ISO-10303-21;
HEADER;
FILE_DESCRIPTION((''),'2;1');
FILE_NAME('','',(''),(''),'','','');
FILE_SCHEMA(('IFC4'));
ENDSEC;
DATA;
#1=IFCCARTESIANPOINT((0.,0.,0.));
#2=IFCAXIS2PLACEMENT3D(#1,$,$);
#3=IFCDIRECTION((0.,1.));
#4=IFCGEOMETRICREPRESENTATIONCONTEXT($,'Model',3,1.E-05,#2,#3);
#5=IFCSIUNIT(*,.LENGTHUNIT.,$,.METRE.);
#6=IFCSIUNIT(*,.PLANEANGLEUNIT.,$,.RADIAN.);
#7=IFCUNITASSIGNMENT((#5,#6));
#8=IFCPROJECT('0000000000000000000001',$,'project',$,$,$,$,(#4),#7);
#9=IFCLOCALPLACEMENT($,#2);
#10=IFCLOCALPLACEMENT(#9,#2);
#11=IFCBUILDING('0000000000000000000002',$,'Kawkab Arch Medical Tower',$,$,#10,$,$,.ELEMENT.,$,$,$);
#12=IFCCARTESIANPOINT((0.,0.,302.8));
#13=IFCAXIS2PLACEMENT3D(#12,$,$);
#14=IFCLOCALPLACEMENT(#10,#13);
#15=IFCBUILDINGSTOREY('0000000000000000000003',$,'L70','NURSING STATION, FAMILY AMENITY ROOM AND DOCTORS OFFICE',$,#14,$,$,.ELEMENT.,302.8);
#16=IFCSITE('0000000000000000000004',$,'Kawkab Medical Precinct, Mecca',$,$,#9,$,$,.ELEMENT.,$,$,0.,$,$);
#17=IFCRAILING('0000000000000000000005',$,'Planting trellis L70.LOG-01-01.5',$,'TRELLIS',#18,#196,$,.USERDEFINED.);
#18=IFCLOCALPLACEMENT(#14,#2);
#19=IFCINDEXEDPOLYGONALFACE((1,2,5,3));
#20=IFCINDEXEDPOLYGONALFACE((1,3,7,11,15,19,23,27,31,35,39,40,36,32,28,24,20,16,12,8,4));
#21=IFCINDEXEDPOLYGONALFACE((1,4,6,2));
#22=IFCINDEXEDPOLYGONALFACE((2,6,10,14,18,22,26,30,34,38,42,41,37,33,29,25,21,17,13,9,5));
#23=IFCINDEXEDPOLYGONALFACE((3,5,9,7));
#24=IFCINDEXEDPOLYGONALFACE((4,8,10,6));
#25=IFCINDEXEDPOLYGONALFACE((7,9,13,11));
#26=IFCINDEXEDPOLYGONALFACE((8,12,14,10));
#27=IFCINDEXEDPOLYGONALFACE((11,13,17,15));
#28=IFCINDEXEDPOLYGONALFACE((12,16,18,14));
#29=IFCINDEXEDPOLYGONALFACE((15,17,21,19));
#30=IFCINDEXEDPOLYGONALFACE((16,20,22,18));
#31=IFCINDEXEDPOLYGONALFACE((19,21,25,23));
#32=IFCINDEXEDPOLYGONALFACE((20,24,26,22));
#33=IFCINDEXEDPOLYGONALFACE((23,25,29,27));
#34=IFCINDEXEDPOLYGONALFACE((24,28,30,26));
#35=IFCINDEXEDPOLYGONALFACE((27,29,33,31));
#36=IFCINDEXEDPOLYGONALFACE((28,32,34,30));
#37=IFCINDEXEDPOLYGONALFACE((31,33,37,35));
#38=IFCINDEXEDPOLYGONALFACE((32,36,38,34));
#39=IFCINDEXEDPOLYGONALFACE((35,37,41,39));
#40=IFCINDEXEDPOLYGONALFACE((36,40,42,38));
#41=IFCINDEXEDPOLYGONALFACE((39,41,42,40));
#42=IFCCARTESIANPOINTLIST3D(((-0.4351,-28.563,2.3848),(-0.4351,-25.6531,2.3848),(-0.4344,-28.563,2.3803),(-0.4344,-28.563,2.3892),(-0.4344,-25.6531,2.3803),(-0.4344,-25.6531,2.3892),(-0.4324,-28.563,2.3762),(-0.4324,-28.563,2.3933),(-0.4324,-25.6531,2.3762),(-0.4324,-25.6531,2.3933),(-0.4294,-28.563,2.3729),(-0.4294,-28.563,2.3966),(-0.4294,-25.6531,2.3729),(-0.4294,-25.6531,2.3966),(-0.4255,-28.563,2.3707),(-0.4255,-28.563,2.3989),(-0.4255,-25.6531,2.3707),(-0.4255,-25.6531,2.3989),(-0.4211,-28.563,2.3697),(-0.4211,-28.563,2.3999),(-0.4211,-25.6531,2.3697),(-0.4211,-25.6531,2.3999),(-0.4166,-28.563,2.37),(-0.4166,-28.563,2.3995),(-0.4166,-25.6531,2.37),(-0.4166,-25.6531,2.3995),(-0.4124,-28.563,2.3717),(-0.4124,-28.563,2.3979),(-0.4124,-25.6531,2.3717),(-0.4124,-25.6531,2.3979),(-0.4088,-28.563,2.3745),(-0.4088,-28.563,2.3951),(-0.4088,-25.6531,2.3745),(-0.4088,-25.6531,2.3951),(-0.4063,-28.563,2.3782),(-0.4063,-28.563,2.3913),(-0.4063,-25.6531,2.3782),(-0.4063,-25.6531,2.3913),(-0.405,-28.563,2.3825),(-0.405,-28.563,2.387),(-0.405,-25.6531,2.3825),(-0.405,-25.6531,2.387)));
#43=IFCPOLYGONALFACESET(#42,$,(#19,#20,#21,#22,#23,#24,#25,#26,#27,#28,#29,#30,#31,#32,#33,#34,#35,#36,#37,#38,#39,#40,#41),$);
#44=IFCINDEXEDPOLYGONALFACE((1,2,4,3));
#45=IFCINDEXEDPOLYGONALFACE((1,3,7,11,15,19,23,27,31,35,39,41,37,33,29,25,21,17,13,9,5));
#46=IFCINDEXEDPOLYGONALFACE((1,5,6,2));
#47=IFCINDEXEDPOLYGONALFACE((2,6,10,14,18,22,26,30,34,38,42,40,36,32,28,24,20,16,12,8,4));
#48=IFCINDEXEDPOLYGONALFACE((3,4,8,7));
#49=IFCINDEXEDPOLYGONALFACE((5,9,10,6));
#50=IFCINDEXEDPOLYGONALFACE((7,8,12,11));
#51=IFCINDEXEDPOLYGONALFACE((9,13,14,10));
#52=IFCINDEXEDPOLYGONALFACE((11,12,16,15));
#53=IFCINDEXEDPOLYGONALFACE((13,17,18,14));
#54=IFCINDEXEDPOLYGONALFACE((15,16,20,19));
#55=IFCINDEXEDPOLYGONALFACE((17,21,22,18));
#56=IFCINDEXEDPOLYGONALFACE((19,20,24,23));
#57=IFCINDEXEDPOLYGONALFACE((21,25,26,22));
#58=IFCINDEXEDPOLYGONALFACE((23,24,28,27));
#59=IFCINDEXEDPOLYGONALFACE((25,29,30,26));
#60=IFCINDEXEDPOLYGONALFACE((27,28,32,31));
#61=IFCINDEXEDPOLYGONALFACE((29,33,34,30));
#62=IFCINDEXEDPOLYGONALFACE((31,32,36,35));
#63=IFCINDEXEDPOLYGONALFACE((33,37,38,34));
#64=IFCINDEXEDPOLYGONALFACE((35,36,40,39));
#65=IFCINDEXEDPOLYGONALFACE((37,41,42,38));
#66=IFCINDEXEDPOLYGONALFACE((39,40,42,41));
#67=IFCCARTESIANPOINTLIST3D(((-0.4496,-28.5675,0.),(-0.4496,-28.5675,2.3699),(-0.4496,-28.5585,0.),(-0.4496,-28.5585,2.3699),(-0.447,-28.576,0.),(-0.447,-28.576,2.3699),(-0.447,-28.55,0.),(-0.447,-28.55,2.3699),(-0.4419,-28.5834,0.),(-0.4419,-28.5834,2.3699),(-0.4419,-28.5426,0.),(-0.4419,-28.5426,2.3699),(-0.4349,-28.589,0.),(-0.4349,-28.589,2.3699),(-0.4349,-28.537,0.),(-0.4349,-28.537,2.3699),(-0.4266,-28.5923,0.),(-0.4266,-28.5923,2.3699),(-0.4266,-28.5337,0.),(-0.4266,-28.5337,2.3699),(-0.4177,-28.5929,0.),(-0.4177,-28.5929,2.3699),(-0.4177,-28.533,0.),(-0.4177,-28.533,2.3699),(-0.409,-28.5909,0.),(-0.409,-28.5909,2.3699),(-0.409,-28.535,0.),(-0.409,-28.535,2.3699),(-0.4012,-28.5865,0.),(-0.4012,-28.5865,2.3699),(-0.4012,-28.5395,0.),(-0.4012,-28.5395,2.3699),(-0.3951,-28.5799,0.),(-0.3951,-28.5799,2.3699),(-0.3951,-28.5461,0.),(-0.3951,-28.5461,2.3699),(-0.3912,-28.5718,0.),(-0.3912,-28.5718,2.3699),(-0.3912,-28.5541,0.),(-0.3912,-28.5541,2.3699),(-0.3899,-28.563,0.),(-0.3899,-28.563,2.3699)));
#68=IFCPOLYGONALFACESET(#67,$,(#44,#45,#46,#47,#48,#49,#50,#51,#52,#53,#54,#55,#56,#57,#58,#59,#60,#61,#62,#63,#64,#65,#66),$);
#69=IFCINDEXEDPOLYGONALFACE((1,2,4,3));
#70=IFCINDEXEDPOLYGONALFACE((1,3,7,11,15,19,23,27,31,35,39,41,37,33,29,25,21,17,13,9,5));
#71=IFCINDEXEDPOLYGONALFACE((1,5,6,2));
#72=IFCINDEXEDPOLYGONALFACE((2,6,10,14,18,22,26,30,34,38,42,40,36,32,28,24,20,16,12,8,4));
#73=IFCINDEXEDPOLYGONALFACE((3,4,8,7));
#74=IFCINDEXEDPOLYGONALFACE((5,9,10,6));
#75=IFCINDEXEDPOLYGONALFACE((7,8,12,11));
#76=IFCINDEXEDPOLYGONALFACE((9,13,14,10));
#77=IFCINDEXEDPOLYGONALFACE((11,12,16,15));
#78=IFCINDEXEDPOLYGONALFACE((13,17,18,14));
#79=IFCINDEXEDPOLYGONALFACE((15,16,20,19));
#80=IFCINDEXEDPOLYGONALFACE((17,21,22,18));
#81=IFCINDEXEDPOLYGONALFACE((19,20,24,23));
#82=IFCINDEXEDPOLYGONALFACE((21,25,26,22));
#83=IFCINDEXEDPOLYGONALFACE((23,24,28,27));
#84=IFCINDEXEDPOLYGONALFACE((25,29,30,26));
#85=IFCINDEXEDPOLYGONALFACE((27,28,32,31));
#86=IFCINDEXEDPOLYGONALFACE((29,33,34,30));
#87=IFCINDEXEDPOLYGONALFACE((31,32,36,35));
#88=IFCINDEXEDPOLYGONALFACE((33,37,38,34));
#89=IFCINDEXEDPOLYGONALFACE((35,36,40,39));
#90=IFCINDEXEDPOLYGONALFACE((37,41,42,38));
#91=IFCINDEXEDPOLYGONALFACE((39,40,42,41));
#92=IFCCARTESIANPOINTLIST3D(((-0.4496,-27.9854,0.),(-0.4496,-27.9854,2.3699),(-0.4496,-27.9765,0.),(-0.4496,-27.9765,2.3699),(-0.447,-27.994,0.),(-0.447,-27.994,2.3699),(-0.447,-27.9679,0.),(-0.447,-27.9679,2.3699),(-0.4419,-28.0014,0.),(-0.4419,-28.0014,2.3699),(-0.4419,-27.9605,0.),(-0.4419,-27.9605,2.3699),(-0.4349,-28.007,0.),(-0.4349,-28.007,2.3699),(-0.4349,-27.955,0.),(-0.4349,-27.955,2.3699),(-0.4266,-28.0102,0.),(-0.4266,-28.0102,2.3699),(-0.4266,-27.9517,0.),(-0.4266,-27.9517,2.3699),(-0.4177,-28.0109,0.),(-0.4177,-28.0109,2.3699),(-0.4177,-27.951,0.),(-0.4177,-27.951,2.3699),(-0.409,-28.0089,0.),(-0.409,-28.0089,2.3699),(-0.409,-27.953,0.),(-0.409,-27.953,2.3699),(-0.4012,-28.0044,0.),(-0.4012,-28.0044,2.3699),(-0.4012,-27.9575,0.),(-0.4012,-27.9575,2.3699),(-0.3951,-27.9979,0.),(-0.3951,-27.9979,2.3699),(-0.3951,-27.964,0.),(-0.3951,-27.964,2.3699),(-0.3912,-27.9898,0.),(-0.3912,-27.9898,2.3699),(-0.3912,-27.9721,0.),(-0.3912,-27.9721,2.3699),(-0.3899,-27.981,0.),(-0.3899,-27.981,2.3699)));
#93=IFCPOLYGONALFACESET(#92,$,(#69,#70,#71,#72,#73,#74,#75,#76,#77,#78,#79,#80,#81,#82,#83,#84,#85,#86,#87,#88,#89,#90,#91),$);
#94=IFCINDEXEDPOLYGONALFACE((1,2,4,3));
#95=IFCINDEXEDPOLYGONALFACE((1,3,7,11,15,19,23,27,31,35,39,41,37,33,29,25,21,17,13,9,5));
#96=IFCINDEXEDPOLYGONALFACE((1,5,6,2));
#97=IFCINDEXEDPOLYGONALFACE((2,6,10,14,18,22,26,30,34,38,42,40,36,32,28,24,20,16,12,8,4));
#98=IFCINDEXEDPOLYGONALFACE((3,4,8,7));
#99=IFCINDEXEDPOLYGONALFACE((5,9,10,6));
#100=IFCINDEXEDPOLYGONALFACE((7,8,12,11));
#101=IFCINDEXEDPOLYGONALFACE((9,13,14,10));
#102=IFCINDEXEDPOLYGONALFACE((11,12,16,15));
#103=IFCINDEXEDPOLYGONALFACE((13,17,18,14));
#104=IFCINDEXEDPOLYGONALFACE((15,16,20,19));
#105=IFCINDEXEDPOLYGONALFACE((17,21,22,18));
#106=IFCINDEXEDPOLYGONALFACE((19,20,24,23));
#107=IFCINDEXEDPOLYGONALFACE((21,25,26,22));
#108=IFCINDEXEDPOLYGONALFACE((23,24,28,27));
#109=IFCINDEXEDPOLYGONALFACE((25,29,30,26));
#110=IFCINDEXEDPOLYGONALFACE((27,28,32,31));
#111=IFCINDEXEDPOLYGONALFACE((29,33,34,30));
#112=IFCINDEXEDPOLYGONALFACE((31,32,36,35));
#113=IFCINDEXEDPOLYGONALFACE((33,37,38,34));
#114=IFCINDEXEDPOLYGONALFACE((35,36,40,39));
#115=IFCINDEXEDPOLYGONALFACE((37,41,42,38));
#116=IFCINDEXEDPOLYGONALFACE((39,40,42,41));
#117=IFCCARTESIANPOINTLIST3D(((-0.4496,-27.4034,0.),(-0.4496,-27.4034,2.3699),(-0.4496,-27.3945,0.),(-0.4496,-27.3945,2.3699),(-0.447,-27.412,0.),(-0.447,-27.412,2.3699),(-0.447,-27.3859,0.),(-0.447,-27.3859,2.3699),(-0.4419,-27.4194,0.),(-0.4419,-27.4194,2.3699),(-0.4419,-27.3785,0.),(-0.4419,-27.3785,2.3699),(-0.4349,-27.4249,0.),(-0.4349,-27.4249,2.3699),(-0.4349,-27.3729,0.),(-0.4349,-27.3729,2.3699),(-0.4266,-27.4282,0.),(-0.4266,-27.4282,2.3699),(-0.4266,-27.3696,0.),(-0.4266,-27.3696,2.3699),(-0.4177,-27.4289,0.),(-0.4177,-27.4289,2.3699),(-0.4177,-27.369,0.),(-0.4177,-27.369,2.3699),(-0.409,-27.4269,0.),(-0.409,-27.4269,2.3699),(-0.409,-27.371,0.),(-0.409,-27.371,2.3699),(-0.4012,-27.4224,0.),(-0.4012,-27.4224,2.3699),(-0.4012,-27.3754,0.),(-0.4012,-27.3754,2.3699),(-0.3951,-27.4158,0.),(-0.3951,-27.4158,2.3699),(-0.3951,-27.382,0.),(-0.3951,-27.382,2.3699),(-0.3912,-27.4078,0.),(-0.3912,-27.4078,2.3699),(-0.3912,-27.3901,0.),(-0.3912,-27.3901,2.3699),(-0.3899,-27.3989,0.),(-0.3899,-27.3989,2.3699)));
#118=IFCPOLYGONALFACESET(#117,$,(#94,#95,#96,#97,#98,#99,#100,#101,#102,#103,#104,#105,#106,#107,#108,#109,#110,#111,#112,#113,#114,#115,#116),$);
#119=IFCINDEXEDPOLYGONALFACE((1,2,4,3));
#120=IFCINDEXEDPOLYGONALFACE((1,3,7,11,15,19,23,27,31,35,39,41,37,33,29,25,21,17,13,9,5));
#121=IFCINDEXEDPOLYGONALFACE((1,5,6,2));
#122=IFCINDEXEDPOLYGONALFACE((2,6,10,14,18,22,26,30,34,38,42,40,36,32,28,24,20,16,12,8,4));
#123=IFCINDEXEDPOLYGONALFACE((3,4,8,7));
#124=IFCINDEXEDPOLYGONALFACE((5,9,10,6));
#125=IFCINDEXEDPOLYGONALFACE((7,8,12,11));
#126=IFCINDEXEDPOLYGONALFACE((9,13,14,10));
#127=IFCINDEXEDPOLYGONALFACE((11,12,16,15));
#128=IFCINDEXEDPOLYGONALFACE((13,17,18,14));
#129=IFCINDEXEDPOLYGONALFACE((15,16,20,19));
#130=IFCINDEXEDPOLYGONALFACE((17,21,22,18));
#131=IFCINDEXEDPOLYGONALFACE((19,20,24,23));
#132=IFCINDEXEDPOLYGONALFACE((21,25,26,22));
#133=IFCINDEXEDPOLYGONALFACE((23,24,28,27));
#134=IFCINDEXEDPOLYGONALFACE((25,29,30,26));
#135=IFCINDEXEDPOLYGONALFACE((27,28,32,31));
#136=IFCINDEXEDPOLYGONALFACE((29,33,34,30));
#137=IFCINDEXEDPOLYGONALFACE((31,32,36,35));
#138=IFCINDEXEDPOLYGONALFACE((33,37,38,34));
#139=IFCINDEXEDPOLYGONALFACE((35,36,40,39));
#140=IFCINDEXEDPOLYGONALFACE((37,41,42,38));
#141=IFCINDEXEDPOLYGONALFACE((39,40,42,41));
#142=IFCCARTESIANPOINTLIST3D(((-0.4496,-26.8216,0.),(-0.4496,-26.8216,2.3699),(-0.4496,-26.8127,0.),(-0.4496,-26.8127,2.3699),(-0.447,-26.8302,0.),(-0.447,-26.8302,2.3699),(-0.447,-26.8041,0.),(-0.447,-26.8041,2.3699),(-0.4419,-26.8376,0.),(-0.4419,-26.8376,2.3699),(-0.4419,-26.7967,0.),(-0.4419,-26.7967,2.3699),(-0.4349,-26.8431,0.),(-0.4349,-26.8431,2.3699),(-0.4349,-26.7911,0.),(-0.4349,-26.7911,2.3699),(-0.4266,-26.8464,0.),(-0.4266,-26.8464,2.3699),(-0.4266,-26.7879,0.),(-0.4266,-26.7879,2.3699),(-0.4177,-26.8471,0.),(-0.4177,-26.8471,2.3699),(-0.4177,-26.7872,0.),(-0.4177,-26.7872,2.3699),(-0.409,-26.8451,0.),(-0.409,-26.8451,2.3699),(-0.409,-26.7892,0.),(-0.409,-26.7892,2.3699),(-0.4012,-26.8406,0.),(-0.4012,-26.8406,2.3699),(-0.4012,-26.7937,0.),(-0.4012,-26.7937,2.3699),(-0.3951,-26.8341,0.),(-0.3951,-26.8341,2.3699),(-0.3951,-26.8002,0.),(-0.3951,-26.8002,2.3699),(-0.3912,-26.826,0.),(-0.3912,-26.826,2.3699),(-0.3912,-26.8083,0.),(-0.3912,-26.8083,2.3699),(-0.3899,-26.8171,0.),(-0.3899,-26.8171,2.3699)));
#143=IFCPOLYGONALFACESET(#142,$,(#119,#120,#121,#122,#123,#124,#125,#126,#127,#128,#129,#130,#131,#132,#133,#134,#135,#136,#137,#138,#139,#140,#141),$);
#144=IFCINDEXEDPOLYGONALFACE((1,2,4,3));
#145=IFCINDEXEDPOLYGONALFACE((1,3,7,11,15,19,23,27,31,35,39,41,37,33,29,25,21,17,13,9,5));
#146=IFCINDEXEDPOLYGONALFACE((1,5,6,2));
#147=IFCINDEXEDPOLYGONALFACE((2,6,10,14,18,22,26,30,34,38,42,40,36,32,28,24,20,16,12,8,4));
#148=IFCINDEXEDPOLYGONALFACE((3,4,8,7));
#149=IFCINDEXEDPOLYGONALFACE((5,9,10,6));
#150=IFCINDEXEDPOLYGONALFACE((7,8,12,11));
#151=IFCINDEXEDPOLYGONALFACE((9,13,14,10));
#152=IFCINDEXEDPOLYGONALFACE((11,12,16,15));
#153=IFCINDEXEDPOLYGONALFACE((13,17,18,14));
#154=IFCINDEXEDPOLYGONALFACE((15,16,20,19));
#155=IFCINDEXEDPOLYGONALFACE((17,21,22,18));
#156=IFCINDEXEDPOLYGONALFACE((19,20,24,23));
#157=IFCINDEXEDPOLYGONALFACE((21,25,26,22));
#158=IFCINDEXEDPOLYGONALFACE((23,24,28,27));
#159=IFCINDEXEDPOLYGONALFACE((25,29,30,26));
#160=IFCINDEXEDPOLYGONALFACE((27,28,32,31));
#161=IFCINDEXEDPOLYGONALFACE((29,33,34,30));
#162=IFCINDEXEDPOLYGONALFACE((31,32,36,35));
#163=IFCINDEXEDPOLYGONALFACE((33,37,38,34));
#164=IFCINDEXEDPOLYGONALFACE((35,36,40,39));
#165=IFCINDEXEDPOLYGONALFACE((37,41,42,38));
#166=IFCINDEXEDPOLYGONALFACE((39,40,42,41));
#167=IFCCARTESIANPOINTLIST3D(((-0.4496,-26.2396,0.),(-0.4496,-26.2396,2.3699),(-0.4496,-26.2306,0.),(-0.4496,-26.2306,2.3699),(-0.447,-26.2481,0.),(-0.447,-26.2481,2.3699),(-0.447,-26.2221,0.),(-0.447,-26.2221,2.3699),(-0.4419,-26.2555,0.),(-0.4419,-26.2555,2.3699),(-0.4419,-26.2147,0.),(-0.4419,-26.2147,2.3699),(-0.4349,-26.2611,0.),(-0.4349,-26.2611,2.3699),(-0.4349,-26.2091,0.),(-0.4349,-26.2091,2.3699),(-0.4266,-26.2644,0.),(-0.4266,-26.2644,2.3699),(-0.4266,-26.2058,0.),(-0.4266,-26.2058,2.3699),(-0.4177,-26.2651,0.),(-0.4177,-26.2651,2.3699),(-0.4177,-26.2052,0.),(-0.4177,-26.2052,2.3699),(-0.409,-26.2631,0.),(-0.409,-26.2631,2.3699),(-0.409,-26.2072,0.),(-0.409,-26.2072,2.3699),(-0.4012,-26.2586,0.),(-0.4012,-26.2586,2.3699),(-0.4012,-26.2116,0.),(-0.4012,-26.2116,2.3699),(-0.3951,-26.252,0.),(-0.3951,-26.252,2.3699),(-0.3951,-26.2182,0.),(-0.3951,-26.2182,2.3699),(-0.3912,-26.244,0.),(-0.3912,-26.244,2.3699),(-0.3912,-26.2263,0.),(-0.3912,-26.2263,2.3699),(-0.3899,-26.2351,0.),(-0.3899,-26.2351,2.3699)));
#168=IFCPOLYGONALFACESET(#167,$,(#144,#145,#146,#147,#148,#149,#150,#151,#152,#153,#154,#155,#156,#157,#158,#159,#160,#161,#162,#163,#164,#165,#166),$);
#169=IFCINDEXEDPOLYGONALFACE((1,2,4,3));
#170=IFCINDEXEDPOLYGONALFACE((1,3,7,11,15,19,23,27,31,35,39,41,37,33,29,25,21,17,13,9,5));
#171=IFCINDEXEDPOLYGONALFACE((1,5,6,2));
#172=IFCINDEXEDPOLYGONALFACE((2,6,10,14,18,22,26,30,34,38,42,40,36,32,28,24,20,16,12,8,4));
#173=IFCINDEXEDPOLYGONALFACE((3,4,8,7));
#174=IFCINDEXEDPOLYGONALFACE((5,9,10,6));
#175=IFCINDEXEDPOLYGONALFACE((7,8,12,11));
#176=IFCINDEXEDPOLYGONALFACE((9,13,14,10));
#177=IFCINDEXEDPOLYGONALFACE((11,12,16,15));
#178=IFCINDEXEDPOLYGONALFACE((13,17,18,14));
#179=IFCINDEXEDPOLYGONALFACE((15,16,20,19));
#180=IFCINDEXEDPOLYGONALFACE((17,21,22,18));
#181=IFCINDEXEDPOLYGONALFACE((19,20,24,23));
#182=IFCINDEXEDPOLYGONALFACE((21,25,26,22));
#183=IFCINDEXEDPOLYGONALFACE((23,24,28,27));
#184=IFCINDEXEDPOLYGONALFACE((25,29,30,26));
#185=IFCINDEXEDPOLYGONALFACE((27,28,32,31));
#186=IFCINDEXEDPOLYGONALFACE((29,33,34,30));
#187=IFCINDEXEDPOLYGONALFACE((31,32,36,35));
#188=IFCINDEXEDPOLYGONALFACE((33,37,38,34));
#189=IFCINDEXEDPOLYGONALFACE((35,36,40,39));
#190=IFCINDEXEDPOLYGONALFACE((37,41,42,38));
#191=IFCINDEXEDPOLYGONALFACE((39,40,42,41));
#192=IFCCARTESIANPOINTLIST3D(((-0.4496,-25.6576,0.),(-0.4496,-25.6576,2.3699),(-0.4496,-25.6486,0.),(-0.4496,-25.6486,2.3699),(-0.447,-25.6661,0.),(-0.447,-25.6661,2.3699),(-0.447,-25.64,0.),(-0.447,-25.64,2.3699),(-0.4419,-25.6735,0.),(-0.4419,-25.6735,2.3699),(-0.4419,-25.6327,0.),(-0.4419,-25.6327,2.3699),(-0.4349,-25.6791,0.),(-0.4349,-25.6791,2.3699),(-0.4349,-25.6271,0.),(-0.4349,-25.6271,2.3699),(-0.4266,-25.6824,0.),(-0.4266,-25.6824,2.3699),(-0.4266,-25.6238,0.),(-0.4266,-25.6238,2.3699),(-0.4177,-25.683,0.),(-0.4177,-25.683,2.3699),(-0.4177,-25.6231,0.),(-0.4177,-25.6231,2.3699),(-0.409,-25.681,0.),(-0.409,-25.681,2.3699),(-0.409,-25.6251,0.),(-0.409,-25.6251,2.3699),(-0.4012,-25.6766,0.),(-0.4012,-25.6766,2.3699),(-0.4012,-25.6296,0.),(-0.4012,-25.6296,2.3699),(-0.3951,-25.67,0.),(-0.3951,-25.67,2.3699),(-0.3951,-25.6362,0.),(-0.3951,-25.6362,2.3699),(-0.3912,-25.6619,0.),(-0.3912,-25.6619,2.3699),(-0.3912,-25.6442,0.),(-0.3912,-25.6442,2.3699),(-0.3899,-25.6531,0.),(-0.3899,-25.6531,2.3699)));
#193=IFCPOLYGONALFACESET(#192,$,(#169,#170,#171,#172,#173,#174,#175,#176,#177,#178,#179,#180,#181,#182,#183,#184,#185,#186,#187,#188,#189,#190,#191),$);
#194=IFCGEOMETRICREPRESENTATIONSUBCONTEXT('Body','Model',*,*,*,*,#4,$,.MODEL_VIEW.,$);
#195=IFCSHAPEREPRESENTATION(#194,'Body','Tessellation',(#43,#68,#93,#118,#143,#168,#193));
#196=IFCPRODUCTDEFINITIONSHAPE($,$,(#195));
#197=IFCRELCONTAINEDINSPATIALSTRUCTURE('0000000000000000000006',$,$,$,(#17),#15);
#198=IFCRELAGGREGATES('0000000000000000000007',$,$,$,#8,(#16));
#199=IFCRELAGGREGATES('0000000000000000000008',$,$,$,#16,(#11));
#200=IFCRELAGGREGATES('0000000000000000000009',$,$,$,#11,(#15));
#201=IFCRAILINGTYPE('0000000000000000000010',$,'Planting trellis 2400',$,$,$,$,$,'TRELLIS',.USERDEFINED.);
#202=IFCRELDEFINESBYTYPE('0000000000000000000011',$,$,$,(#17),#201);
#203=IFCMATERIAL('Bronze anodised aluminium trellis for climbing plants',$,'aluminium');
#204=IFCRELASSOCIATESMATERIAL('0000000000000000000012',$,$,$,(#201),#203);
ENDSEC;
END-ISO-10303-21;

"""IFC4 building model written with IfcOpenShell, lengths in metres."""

from ifc_helpers import new_model, si_unit, direction, frame, origin, origin_2d, place, context, subcontext, project, spatial, circle, extrude, material, type_object, element, save


model = new_model("IFC4")

# Units and contexts
model_context = context("Model", 3, precision=1e-05, world=origin(), true_north=direction((0.0, 1.0)))
body_context = subcontext(model_context, "Body", "Model", "MODEL_VIEW")
ifc_project = project(units=[si_unit("LENGTHUNIT", "METRE"), si_unit("PLANEANGLEUNIT", "RADIAN")], contexts=[model_context])

# Site, building, storey
site_placement = place(None, origin())
site = spatial("IfcSite", under=ifc_project, at=site_placement, Name="Kawkab Medical Precinct, Mecca", CompositionType="ELEMENT", RefElevation=0.0)
building_placement = place(site_placement, origin())
building = spatial("IfcBuilding", under=site, at=building_placement, Name="Kawkab Arch Medical Tower", CompositionType="ELEMENT")
storey_placement = place(building_placement, frame((0.0, 0.0, 302.8)))
storey = spatial("IfcBuildingStorey", under=building, at=storey_placement, Name="L70", Description="NURSING STATION, FAMILY AMENITY ROOM AND DOCTORS OFFICE", CompositionType="ELEMENT", Elevation=302.8)

# Railing
ifc_material_1 = material(Name="Bronze anodised aluminium trellis for climbing plants", Category="aluminium")
railing_type = type_object("IfcRailingType", Name="Planting trellis 2400", ElementType="TRELLIS", PredefinedType="USERDEFINED", material=ifc_material_1)
railing_1_placement = place(storey_placement, frame((-0.4199, -28.563, 0.0)))
element("IfcRailing", 1, at=railing_1_placement, inside=storey, type_object=railing_type, Name="Planting trellis L70.LOG-01-01.5", ObjectType="TRELLIS", PredefinedType="USERDEFINED", context=body_context, shape_type="SweptSolid", body=[
    extrude(circle(Radius=0.0151, at=origin_2d()), frame((0.0, 0.0, 2.3848), z_axis=(0.0, 1.0, 0.0), x_axis=(-1.0, 0.0, 0.0)), (0.0, 0.0, 1.0), 2.9099),
    extrude(circle(Radius=0.03, at=origin_2d()), origin(), (0.0, 0.0, 1.0), 2.3699),
    extrude(circle(Radius=0.03, at=origin_2d()), frame((0.0, 0.582, 0.0)), (0.0, 0.0, 1.0), 2.3699),
    extrude(circle(Radius=0.03, at=origin_2d()), frame((0.0, 1.1641, 0.0)), (0.0, 0.0, 1.0), 2.3699),
    extrude(circle(Radius=0.03, at=origin_2d()), frame((0.0, 1.7458, 0.0)), (0.0, 0.0, 1.0), 2.3699),
    extrude(circle(Radius=0.03, at=origin_2d()), frame((0.0, 2.3279, 0.0)), (0.0, 0.0, 1.0), 2.3699),
    extrude(circle(Radius=0.03, at=origin_2d()), frame((0.0, 2.9099, 0.0)), (0.0, 0.0, 1.0), 2.3699),
])

save(model, "model.ifc")
